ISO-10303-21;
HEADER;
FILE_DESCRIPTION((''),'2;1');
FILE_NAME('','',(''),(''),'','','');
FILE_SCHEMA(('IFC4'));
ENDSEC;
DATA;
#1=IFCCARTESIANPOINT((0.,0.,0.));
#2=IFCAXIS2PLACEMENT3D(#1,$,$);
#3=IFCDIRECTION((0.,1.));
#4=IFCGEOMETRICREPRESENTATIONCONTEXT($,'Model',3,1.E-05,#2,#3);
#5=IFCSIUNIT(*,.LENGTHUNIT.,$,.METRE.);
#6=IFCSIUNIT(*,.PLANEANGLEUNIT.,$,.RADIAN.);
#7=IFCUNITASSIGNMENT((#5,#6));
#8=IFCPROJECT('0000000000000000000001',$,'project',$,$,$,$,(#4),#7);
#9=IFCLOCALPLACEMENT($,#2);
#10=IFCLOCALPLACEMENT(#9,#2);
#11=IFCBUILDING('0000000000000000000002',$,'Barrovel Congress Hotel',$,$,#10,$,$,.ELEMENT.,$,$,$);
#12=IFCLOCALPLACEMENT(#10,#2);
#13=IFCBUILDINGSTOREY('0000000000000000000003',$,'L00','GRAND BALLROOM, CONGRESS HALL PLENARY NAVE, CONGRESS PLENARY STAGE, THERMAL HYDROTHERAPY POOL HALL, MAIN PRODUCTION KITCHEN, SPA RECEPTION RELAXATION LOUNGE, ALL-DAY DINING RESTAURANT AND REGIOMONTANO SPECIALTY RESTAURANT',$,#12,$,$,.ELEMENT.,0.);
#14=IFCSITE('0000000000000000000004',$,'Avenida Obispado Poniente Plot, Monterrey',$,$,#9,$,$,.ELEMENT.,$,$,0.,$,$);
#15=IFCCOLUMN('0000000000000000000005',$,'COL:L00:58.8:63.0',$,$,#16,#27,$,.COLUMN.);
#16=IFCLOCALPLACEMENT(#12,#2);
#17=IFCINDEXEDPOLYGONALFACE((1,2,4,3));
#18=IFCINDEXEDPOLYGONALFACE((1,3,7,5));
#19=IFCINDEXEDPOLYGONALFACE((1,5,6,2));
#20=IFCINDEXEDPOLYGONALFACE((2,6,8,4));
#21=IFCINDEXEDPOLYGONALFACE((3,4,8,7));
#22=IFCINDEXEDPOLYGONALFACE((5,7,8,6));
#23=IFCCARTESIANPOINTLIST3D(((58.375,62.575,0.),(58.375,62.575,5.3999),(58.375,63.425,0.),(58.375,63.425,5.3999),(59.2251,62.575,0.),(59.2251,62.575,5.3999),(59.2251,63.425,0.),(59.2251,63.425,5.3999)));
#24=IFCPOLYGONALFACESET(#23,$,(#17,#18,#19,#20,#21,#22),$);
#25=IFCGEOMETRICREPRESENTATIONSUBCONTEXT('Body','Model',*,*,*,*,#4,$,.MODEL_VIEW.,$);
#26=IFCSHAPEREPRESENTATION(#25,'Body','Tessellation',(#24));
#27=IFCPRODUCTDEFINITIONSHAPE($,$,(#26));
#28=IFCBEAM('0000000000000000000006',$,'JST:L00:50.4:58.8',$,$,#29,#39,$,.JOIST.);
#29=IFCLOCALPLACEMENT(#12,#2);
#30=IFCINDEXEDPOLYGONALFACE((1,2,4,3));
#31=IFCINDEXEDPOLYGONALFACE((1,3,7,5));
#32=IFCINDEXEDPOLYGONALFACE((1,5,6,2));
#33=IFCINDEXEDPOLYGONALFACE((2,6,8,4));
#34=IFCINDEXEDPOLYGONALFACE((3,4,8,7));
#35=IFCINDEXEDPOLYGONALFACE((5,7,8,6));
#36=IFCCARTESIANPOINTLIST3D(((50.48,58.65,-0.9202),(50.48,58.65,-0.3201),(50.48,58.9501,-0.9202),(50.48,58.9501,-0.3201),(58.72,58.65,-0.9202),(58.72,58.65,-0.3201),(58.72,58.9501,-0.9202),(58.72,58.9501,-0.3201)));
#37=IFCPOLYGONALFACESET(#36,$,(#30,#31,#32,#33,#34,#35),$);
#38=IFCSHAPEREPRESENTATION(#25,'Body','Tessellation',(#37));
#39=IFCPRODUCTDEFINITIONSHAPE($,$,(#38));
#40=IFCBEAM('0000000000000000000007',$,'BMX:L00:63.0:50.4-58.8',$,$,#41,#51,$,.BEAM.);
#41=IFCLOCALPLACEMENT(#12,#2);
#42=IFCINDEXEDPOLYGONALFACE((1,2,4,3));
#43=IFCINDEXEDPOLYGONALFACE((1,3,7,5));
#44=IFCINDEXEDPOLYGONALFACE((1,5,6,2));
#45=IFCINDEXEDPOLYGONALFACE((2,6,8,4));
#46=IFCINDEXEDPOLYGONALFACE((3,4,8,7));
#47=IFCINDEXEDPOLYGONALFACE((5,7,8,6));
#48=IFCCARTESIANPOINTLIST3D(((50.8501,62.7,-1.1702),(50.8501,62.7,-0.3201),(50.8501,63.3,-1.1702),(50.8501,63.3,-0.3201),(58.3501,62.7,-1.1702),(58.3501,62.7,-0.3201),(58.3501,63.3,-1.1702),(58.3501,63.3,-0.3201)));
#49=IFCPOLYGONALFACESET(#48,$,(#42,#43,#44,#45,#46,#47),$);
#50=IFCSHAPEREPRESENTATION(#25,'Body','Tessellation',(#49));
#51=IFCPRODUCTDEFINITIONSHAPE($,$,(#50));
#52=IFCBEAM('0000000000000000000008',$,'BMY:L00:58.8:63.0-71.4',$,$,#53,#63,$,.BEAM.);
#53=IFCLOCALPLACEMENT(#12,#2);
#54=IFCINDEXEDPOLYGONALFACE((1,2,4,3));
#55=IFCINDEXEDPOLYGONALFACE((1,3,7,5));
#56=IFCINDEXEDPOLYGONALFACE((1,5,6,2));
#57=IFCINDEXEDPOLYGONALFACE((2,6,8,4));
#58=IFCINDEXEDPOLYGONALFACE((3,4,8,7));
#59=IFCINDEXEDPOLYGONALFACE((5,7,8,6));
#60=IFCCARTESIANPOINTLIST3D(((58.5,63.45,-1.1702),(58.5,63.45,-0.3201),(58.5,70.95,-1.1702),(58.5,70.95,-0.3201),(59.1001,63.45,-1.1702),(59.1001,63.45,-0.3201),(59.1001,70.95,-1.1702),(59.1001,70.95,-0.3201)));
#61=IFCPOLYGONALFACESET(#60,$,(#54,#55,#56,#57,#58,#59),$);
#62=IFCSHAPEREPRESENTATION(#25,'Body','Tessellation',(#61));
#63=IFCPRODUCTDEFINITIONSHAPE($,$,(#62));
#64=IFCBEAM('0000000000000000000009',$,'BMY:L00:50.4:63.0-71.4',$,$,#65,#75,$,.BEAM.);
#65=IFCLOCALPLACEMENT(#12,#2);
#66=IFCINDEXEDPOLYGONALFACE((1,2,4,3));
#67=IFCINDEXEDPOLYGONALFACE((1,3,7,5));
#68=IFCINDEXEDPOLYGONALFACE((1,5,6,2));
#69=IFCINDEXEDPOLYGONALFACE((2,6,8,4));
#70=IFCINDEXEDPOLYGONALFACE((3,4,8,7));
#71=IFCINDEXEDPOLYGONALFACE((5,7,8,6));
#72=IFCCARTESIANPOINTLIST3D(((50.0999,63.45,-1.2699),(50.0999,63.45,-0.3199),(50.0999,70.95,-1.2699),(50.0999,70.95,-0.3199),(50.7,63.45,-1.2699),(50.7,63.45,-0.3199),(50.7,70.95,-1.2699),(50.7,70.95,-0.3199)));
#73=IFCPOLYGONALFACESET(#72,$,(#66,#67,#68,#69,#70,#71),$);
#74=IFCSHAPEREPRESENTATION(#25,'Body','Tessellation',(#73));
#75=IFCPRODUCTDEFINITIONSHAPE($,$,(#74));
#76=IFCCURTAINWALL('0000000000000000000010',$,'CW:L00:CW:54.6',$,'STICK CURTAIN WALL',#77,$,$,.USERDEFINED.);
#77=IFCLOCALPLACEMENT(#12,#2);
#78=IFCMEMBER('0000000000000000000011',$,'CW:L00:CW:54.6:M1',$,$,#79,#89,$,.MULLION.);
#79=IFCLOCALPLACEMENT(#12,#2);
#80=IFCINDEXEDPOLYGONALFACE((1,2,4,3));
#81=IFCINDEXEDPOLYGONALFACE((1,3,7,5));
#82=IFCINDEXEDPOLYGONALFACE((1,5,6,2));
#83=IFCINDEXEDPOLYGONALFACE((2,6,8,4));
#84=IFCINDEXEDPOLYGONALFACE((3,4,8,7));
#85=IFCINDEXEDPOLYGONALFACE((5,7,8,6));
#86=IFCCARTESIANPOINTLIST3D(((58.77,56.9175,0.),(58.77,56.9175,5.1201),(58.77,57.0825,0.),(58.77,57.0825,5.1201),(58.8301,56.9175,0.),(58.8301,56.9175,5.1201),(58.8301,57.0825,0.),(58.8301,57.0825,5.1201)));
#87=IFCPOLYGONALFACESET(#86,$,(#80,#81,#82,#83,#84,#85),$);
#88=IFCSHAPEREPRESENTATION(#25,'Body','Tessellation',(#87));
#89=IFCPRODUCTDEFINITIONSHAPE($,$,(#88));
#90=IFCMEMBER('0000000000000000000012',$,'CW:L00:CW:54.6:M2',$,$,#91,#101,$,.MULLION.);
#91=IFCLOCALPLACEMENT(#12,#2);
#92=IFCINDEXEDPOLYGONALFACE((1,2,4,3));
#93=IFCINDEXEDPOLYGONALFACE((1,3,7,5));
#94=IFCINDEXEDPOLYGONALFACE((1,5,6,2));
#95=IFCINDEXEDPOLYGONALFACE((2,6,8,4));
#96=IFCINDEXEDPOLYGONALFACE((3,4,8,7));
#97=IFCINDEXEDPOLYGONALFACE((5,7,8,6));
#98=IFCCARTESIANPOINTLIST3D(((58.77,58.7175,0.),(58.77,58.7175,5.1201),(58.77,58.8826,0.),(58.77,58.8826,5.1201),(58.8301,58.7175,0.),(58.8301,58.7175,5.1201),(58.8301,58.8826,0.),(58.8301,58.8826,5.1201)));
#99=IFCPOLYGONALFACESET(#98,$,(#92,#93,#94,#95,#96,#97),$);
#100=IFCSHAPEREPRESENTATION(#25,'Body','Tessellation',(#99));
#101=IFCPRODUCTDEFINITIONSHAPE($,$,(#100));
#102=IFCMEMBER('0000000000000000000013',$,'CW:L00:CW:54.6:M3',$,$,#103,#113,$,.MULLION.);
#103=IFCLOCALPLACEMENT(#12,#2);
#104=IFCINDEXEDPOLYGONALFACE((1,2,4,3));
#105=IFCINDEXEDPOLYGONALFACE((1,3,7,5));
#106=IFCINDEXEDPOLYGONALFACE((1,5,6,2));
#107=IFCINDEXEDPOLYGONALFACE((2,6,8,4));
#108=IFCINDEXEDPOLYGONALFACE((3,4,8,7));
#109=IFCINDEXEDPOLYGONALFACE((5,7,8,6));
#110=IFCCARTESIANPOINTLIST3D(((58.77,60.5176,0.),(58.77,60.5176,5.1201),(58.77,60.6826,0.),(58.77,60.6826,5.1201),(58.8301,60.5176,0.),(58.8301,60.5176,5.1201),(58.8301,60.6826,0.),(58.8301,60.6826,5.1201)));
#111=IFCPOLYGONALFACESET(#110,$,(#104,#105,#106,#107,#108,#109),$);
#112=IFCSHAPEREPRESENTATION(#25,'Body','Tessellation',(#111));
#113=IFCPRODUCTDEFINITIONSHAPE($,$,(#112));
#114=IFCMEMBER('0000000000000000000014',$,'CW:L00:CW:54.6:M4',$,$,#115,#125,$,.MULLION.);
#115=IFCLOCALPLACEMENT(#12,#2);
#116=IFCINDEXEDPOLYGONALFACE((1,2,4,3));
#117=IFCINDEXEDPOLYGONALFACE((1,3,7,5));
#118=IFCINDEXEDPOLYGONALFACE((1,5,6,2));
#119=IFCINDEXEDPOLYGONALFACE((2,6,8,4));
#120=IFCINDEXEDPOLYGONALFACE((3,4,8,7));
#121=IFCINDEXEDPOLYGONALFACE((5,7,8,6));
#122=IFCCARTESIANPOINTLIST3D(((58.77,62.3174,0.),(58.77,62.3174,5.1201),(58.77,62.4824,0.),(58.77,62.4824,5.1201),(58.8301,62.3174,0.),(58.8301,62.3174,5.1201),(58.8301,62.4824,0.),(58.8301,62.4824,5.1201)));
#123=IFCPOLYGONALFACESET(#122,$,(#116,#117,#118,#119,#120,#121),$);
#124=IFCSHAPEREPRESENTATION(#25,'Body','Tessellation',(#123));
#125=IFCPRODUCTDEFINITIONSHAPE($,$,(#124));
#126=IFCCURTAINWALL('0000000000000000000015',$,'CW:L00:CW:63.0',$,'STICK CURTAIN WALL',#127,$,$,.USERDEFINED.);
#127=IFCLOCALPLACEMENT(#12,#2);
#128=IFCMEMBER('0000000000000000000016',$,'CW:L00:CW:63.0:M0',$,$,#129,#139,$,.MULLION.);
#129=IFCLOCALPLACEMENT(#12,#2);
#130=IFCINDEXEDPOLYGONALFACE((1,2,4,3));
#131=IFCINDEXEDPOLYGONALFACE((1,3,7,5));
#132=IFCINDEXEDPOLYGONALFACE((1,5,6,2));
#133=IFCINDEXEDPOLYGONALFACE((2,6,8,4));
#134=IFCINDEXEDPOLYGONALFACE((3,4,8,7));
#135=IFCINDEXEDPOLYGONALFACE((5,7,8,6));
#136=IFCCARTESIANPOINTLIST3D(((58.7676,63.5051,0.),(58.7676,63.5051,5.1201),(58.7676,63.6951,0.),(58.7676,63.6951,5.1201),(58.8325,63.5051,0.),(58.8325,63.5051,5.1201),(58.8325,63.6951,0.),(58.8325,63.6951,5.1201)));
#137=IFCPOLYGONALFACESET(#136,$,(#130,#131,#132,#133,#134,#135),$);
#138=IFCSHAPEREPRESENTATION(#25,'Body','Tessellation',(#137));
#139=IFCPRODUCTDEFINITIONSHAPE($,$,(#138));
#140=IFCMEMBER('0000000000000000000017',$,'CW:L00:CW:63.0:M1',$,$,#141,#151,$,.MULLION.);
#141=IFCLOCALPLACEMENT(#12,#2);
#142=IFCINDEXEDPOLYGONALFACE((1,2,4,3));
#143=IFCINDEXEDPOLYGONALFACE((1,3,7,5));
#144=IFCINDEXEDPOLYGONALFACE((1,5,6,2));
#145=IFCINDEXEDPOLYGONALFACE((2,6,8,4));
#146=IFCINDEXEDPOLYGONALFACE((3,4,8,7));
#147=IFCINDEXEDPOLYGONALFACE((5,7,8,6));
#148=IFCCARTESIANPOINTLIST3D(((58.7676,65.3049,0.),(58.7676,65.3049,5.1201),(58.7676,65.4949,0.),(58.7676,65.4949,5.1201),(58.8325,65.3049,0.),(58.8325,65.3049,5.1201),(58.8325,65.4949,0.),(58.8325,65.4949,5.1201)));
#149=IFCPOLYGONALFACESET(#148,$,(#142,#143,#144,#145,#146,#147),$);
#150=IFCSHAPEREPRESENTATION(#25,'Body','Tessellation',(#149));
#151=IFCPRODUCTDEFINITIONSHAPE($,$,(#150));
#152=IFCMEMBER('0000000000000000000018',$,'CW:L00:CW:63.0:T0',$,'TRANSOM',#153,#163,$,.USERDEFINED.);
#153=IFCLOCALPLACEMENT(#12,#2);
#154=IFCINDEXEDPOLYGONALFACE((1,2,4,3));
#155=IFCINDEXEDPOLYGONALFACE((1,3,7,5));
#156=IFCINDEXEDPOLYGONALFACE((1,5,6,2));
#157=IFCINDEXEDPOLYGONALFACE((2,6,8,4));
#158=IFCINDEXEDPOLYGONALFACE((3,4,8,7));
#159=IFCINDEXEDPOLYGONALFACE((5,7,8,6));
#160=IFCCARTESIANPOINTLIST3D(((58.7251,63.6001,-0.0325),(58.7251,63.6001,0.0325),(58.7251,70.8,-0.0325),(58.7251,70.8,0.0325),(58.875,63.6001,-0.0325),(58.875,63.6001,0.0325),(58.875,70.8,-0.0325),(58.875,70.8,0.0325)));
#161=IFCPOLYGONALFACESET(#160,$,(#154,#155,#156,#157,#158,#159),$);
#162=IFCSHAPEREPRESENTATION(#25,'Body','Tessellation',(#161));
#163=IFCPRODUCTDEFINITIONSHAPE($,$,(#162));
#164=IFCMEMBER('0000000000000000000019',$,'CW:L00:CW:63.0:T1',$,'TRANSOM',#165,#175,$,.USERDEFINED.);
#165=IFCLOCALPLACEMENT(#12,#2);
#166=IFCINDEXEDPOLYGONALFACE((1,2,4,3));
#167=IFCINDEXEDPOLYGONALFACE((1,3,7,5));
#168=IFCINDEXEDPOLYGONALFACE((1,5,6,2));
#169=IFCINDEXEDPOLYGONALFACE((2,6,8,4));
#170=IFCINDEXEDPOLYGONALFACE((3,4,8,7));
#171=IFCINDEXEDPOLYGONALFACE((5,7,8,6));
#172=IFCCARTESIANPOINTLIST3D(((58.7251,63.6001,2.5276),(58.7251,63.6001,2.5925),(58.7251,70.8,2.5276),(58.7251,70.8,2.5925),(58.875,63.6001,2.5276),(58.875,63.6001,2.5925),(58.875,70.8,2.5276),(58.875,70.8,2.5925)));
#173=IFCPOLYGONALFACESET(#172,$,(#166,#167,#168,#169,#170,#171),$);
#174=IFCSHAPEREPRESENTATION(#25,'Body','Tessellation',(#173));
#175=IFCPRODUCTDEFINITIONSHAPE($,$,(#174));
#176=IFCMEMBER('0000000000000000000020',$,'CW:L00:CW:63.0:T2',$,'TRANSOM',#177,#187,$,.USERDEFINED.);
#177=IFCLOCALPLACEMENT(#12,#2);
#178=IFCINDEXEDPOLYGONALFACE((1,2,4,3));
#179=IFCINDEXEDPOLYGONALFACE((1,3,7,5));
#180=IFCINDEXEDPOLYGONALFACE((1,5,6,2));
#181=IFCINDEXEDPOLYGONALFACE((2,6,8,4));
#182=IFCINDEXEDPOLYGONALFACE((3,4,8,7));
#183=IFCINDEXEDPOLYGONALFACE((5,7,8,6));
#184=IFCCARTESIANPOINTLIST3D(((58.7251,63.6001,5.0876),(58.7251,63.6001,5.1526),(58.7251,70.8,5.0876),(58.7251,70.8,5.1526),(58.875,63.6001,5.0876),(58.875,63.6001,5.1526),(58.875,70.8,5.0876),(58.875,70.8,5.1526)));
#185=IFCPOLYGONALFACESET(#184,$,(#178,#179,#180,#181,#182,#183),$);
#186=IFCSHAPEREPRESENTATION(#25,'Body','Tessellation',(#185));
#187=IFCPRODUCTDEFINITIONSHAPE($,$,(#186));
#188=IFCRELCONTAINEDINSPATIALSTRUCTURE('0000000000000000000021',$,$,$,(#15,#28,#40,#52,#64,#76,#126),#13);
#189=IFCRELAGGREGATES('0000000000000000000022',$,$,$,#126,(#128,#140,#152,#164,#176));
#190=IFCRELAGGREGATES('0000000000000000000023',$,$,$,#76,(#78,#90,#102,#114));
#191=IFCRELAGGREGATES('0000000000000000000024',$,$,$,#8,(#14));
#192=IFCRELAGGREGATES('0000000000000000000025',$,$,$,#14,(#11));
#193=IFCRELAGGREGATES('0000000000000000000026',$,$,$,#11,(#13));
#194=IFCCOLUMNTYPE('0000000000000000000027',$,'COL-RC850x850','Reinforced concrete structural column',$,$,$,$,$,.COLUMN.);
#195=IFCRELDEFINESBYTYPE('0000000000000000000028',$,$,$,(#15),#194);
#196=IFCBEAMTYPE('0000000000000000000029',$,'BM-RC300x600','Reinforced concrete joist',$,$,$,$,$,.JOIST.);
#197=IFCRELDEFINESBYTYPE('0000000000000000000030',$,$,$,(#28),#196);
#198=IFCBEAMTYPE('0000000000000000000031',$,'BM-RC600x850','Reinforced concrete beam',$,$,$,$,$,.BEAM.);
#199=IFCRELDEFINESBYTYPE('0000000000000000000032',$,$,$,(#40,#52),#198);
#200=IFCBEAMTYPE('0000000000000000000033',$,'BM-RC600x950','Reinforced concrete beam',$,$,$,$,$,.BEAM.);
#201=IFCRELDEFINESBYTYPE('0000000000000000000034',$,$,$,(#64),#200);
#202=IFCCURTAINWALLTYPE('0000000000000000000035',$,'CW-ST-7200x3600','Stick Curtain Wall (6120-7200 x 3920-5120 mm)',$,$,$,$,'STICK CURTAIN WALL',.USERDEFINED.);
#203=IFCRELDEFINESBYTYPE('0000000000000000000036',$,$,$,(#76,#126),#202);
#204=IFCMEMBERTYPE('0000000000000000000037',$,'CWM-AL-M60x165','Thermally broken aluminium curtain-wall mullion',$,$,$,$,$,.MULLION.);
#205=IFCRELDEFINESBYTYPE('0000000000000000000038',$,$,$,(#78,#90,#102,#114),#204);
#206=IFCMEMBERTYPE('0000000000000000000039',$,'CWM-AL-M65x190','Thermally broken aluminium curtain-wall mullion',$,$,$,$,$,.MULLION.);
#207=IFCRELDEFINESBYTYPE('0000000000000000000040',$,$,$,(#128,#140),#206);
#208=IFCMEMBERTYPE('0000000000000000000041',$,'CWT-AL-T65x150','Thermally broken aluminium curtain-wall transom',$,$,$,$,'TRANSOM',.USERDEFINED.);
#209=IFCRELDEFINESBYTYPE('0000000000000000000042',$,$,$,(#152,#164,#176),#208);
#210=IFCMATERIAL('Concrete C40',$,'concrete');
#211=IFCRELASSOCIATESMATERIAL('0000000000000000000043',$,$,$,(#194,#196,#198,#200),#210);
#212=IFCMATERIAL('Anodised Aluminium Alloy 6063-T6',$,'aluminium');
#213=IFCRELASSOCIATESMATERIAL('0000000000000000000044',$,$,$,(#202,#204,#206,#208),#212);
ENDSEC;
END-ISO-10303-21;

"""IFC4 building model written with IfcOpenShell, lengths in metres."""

from ifc_helpers import new_model, si_unit, direction, frame, origin, origin_2d, place, context, subcontext, project, spatial, rectangle, extrude, material, material_profile, profile_set, type_object, element, aggregate, save


model = new_model("IFC4")

# Units and contexts
model_context = context("Model", 3, precision=1e-05, world=origin(), true_north=direction((0.0, 1.0)))
body_context = subcontext(model_context, "Body", "Model", "MODEL_VIEW")
ifc_project = project(units=[si_unit("LENGTHUNIT", "METRE"), si_unit("PLANEANGLEUNIT", "RADIAN")], contexts=[model_context])

# Site, building, storey
site_placement = place(None, origin())
site = spatial("IfcSite", under=ifc_project, at=site_placement, Name="Avenida Obispado Poniente Plot, Monterrey", CompositionType="ELEMENT", RefElevation=0.0)
building_placement = place(site_placement, origin())
building = spatial("IfcBuilding", under=site, at=building_placement, Name="Barrovel Congress Hotel", CompositionType="ELEMENT")
storey_placement = place(building_placement, origin())
storey = spatial("IfcBuildingStorey", under=building, at=storey_placement, Name="L00", Description="GRAND BALLROOM, CONGRESS HALL PLENARY NAVE, CONGRESS PLENARY STAGE, THERMAL HYDROTHERAPY POOL HALL, MAIN PRODUCTION KITCHEN, SPA RECEPTION RELAXATION LOUNGE, ALL-DAY DINING RESTAURANT AND REGIOMONTANO SPECIALTY RESTAURANT", CompositionType="ELEMENT", Elevation=0.0)

# Shared definitions
ifc_material_1 = material(Name="Concrete C40", Category="concrete")

# Column
ifc_material_profile_1 = material_profile(ifc_material_1, rectangle(XDim=0.8501, YDim=0.8501, at=origin_2d()), Name="RC850x850")
ifc_profile_set_1 = profile_set([ifc_material_profile_1], Name="Concrete C40")
column_type = type_object("IfcColumnType", Name="COL-RC850x850", Description="Reinforced concrete structural column", PredefinedType="COLUMN", material=ifc_profile_set_1)
for number, where, z_axis, x_axis, name in (
    (1, (58.8, 63.0, 0.0), (0.0, 0.0, 1.0), (1.0, 0.0, 0.0), "COL:L00:58.8:63.0"),
):
    element("IfcColumn", number, at=place(storey_placement, frame(where, z_axis=z_axis, x_axis=x_axis)), inside=storey, type_object=column_type, Name=name, PredefinedType="COLUMN", context=body_context, shape_type="SweptSolid", body=[
        extrude(rectangle(XDim=0.8501, YDim=0.8501, at=origin_2d()), origin(), (0.0, 0.0, 1.0), 5.3999),
    ])

# Beams
ifc_material_profile_2 = material_profile(ifc_material_1, rectangle(XDim=0.3, YDim=0.6001, at=origin_2d()), Name="RC300x600")
ifc_profile_set_2 = profile_set([ifc_material_profile_2], Name="Concrete C40")
beam_type_1 = type_object("IfcBeamType", Name="BM-RC300x600", Description="Reinforced concrete joist", PredefinedType="JOIST", material=ifc_profile_set_2)
beam_1_placement = place(storey_placement, frame((50.48, 58.8, -0.6201), z_axis=(1.0, 0.0, 0.0), x_axis=(0.0, 1.0, 0.0)))
element("IfcBeam", 2, at=beam_1_placement, inside=storey, type_object=beam_type_1, Name="JST:L00:50.4:58.8", PredefinedType="JOIST", context=body_context, shape_type="SweptSolid", body=[
    extrude(rectangle(XDim=0.3, YDim=0.6001, at=origin_2d()), origin(), (0.0, 0.0, 1.0), 8.24),
])
ifc_material_profile_3 = material_profile(ifc_material_1, rectangle(XDim=0.6001, YDim=0.8501, at=origin_2d()), Name="RC600x850")
ifc_profile_set_3 = profile_set([ifc_material_profile_3], Name="Concrete C40")
beam_type_2 = type_object("IfcBeamType", Name="BM-RC600x850", Description="Reinforced concrete beam", PredefinedType="BEAM", material=ifc_profile_set_3)
for number, where, z_axis, x_axis, name in (
    (3, (50.8501, 63.0, -0.7451), (1.0, 0.0, 0.0), (0.0, 1.0, 0.0), "BMX:L00:63.0:50.4-58.8"),
    (4, (58.8, 63.45, -0.7451), (0.0, 1.0, 0.0), (-1.0, 0.0, 0.0), "BMY:L00:58.8:63.0-71.4"),
):
    element("IfcBeam", number, at=place(storey_placement, frame(where, z_axis=z_axis, x_axis=x_axis)), inside=storey, type_object=beam_type_2, Name=name, PredefinedType="BEAM", context=body_context, shape_type="SweptSolid", body=[
        extrude(rectangle(XDim=0.6001, YDim=0.8501, at=origin_2d()), origin(), (0.0, 0.0, 1.0), 7.5),
    ])
ifc_material_profile_4 = material_profile(ifc_material_1, rectangle(XDim=0.6001, YDim=0.95, at=origin_2d()), Name="RC600x950")
ifc_profile_set_4 = profile_set([ifc_material_profile_4], Name="Concrete C40")
beam_type_3 = type_object("IfcBeamType", Name="BM-RC600x950", Description="Reinforced concrete beam", PredefinedType="BEAM", material=ifc_profile_set_4)
beam_2_placement = place(storey_placement, frame((50.3999, 63.45, -0.7949), z_axis=(0.0, 1.0, 0.0), x_axis=(-1.0, 0.0, 0.0)))
element("IfcBeam", 5, at=beam_2_placement, inside=storey, type_object=beam_type_3, Name="BMY:L00:50.4:63.0-71.4", PredefinedType="BEAM", context=body_context, shape_type="SweptSolid", body=[
    extrude(rectangle(XDim=0.6001, YDim=0.95, at=origin_2d()), origin(), (0.0, 0.0, 1.0), 7.5),
])

# Curtain wall, members
ifc_material_2 = material(Name="Anodised Aluminium Alloy 6063-T6", Category="aluminium")
curtain_wall_type = type_object("IfcCurtainWallType", Name="CW-ST-7200x3600", Description="Stick Curtain Wall (6120-7200 x 3920-5120 mm)", ElementType="STICK CURTAIN WALL", PredefinedType="USERDEFINED", material=ifc_material_2)
curtain_wall_1_placement = place(storey_placement, origin())
curtain_wall_1 = element("IfcCurtainWall", 6, at=curtain_wall_1_placement, inside=storey, type_object=curtain_wall_type, Name="CW:L00:CW:54.6", ObjectType="STICK CURTAIN WALL", PredefinedType="USERDEFINED")
ifc_material_profile_5 = material_profile(ifc_material_2, rectangle(XDim=0.0601, YDim=0.165, at=origin_2d()), Name="AL-M60x165")
ifc_profile_set_5 = profile_set([ifc_material_profile_5], Name="Anodised Aluminium Alloy 6063-T6")
member_type_1 = type_object("IfcMemberType", Name="CWM-AL-M60x165", Description="Thermally broken aluminium curtain-wall mullion", PredefinedType="MULLION", material=ifc_profile_set_5)
member_1_placement = place(storey_placement, frame((58.8, 57.0, 0.0), z_axis=(0.0, 0.0, 1.0), x_axis=(1.0, 0.0, 0.0)))
member_1 = element("IfcMember", 7, at=member_1_placement, type_object=member_type_1, Name="CW:L00:CW:54.6:M1", PredefinedType="MULLION", context=body_context, shape_type="SweptSolid", body=[
    extrude(rectangle(XDim=0.0601, YDim=0.165, at=origin_2d()), origin(), (0.0, 0.0, 1.0), 5.1201),
])
member_2_placement = place(storey_placement, frame((58.8, 58.8, 0.0), z_axis=(0.0, 0.0, 1.0), x_axis=(1.0, 0.0, 0.0)))
member_2 = element("IfcMember", 8, at=member_2_placement, type_object=member_type_1, Name="CW:L00:CW:54.6:M2", PredefinedType="MULLION", context=body_context, shape_type="SweptSolid", body=[
    extrude(rectangle(XDim=0.0601, YDim=0.165, at=origin_2d()), origin(), (0.0, 0.0, 1.0), 5.1201),
])
member_3_placement = place(storey_placement, frame((58.8, 60.6001, 0.0), z_axis=(0.0, 0.0, 1.0), x_axis=(1.0, 0.0, 0.0)))
member_3 = element("IfcMember", 9, at=member_3_placement, type_object=member_type_1, Name="CW:L00:CW:54.6:M3", PredefinedType="MULLION", context=body_context, shape_type="SweptSolid", body=[
    extrude(rectangle(XDim=0.0601, YDim=0.165, at=origin_2d()), origin(), (0.0, 0.0, 1.0), 5.1201),
])
member_4_placement = place(storey_placement, frame((58.8, 62.3999, 0.0), z_axis=(0.0, 0.0, 1.0), x_axis=(1.0, 0.0, 0.0)))
member_4 = element("IfcMember", 10, at=member_4_placement, type_object=member_type_1, Name="CW:L00:CW:54.6:M4", PredefinedType="MULLION", context=body_context, shape_type="SweptSolid", body=[
    extrude(rectangle(XDim=0.0601, YDim=0.165, at=origin_2d()), origin(), (0.0, 0.0, 1.0), 5.1201),
])

# Curtain wall, members
curtain_wall_2_placement = place(storey_placement, origin())
curtain_wall_2 = element("IfcCurtainWall", 11, at=curtain_wall_2_placement, inside=storey, type_object=curtain_wall_type, Name="CW:L00:CW:63.0", ObjectType="STICK CURTAIN WALL", PredefinedType="USERDEFINED")
ifc_material_profile_6 = material_profile(ifc_material_2, rectangle(XDim=0.0649, YDim=0.1899, at=origin_2d()), Name="AL-M65x190")
ifc_profile_set_6 = profile_set([ifc_material_profile_6], Name="Anodised Aluminium Alloy 6063-T6")
member_type_2 = type_object("IfcMemberType", Name="CWM-AL-M65x190", Description="Thermally broken aluminium curtain-wall mullion", PredefinedType="MULLION", material=ifc_profile_set_6)
member_5_placement = place(storey_placement, frame((58.8, 63.6001, 0.0), z_axis=(0.0, 0.0, 1.0), x_axis=(1.0, 0.0, 0.0)))
member_5 = element("IfcMember", 12, at=member_5_placement, type_object=member_type_2, Name="CW:L00:CW:63.0:M0", PredefinedType="MULLION", context=body_context, shape_type="SweptSolid", body=[
    extrude(rectangle(XDim=0.0649, YDim=0.1899, at=origin_2d()), origin(), (0.0, 0.0, 1.0), 5.1201),
])
member_6_placement = place(storey_placement, frame((58.8, 65.3999, 0.0), z_axis=(0.0, 0.0, 1.0), x_axis=(1.0, 0.0, 0.0)))
member_6 = element("IfcMember", 13, at=member_6_placement, type_object=member_type_2, Name="CW:L00:CW:63.0:M1", PredefinedType="MULLION", context=body_context, shape_type="SweptSolid", body=[
    extrude(rectangle(XDim=0.0649, YDim=0.1899, at=origin_2d()), origin(), (0.0, 0.0, 1.0), 5.1201),
])
ifc_material_profile_7 = material_profile(ifc_material_2, rectangle(XDim=0.1499, YDim=0.0649, at=origin_2d()), Name="AL-T65x150")
ifc_profile_set_7 = profile_set([ifc_material_profile_7], Name="Anodised Aluminium Alloy 6063-T6")
member_type_3 = type_object("IfcMemberType", Name="CWT-AL-T65x150", Description="Thermally broken aluminium curtain-wall transom", ElementType="TRANSOM", PredefinedType="USERDEFINED", material=ifc_profile_set_7)
member_7_placement = place(storey_placement, frame((58.8, 63.6001, 0.0), z_axis=(0.0, 1.0, 0.0), x_axis=(-1.0, 0.0, 0.0)))
member_7 = element("IfcMember", 14, at=member_7_placement, type_object=member_type_3, Name="CW:L00:CW:63.0:T0", ObjectType="TRANSOM", PredefinedType="USERDEFINED", context=body_context, shape_type="SweptSolid", body=[
    extrude(rectangle(XDim=0.1499, YDim=0.0649, at=origin_2d()), origin(), (0.0, 0.0, 1.0), 7.2),
])
member_8_placement = place(storey_placement, frame((58.8, 63.6001, 2.5601), z_axis=(0.0, 1.0, 0.0), x_axis=(-1.0, 0.0, 0.0)))
member_8 = element("IfcMember", 15, at=member_8_placement, type_object=member_type_3, Name="CW:L00:CW:63.0:T1", ObjectType="TRANSOM", PredefinedType="USERDEFINED", context=body_context, shape_type="SweptSolid", body=[
    extrude(rectangle(XDim=0.1499, YDim=0.0649, at=origin_2d()), origin(), (0.0, 0.0, 1.0), 7.2),
])
member_9_placement = place(storey_placement, frame((58.8, 63.6001, 5.1201), z_axis=(0.0, 1.0, 0.0), x_axis=(-1.0, 0.0, 0.0)))
member_9 = element("IfcMember", 16, at=member_9_placement, type_object=member_type_3, Name="CW:L00:CW:63.0:T2", ObjectType="TRANSOM", PredefinedType="USERDEFINED", context=body_context, shape_type="SweptSolid", body=[
    extrude(rectangle(XDim=0.1499, YDim=0.0649, at=origin_2d()), origin(), (0.0, 0.0, 1.0), 7.2),
])
aggregate(curtain_wall_2, [member_5, member_6, member_7, member_8, member_9])

aggregate(curtain_wall_1, [member_1, member_2, member_3, member_4])

save(model, "model.ifc")
